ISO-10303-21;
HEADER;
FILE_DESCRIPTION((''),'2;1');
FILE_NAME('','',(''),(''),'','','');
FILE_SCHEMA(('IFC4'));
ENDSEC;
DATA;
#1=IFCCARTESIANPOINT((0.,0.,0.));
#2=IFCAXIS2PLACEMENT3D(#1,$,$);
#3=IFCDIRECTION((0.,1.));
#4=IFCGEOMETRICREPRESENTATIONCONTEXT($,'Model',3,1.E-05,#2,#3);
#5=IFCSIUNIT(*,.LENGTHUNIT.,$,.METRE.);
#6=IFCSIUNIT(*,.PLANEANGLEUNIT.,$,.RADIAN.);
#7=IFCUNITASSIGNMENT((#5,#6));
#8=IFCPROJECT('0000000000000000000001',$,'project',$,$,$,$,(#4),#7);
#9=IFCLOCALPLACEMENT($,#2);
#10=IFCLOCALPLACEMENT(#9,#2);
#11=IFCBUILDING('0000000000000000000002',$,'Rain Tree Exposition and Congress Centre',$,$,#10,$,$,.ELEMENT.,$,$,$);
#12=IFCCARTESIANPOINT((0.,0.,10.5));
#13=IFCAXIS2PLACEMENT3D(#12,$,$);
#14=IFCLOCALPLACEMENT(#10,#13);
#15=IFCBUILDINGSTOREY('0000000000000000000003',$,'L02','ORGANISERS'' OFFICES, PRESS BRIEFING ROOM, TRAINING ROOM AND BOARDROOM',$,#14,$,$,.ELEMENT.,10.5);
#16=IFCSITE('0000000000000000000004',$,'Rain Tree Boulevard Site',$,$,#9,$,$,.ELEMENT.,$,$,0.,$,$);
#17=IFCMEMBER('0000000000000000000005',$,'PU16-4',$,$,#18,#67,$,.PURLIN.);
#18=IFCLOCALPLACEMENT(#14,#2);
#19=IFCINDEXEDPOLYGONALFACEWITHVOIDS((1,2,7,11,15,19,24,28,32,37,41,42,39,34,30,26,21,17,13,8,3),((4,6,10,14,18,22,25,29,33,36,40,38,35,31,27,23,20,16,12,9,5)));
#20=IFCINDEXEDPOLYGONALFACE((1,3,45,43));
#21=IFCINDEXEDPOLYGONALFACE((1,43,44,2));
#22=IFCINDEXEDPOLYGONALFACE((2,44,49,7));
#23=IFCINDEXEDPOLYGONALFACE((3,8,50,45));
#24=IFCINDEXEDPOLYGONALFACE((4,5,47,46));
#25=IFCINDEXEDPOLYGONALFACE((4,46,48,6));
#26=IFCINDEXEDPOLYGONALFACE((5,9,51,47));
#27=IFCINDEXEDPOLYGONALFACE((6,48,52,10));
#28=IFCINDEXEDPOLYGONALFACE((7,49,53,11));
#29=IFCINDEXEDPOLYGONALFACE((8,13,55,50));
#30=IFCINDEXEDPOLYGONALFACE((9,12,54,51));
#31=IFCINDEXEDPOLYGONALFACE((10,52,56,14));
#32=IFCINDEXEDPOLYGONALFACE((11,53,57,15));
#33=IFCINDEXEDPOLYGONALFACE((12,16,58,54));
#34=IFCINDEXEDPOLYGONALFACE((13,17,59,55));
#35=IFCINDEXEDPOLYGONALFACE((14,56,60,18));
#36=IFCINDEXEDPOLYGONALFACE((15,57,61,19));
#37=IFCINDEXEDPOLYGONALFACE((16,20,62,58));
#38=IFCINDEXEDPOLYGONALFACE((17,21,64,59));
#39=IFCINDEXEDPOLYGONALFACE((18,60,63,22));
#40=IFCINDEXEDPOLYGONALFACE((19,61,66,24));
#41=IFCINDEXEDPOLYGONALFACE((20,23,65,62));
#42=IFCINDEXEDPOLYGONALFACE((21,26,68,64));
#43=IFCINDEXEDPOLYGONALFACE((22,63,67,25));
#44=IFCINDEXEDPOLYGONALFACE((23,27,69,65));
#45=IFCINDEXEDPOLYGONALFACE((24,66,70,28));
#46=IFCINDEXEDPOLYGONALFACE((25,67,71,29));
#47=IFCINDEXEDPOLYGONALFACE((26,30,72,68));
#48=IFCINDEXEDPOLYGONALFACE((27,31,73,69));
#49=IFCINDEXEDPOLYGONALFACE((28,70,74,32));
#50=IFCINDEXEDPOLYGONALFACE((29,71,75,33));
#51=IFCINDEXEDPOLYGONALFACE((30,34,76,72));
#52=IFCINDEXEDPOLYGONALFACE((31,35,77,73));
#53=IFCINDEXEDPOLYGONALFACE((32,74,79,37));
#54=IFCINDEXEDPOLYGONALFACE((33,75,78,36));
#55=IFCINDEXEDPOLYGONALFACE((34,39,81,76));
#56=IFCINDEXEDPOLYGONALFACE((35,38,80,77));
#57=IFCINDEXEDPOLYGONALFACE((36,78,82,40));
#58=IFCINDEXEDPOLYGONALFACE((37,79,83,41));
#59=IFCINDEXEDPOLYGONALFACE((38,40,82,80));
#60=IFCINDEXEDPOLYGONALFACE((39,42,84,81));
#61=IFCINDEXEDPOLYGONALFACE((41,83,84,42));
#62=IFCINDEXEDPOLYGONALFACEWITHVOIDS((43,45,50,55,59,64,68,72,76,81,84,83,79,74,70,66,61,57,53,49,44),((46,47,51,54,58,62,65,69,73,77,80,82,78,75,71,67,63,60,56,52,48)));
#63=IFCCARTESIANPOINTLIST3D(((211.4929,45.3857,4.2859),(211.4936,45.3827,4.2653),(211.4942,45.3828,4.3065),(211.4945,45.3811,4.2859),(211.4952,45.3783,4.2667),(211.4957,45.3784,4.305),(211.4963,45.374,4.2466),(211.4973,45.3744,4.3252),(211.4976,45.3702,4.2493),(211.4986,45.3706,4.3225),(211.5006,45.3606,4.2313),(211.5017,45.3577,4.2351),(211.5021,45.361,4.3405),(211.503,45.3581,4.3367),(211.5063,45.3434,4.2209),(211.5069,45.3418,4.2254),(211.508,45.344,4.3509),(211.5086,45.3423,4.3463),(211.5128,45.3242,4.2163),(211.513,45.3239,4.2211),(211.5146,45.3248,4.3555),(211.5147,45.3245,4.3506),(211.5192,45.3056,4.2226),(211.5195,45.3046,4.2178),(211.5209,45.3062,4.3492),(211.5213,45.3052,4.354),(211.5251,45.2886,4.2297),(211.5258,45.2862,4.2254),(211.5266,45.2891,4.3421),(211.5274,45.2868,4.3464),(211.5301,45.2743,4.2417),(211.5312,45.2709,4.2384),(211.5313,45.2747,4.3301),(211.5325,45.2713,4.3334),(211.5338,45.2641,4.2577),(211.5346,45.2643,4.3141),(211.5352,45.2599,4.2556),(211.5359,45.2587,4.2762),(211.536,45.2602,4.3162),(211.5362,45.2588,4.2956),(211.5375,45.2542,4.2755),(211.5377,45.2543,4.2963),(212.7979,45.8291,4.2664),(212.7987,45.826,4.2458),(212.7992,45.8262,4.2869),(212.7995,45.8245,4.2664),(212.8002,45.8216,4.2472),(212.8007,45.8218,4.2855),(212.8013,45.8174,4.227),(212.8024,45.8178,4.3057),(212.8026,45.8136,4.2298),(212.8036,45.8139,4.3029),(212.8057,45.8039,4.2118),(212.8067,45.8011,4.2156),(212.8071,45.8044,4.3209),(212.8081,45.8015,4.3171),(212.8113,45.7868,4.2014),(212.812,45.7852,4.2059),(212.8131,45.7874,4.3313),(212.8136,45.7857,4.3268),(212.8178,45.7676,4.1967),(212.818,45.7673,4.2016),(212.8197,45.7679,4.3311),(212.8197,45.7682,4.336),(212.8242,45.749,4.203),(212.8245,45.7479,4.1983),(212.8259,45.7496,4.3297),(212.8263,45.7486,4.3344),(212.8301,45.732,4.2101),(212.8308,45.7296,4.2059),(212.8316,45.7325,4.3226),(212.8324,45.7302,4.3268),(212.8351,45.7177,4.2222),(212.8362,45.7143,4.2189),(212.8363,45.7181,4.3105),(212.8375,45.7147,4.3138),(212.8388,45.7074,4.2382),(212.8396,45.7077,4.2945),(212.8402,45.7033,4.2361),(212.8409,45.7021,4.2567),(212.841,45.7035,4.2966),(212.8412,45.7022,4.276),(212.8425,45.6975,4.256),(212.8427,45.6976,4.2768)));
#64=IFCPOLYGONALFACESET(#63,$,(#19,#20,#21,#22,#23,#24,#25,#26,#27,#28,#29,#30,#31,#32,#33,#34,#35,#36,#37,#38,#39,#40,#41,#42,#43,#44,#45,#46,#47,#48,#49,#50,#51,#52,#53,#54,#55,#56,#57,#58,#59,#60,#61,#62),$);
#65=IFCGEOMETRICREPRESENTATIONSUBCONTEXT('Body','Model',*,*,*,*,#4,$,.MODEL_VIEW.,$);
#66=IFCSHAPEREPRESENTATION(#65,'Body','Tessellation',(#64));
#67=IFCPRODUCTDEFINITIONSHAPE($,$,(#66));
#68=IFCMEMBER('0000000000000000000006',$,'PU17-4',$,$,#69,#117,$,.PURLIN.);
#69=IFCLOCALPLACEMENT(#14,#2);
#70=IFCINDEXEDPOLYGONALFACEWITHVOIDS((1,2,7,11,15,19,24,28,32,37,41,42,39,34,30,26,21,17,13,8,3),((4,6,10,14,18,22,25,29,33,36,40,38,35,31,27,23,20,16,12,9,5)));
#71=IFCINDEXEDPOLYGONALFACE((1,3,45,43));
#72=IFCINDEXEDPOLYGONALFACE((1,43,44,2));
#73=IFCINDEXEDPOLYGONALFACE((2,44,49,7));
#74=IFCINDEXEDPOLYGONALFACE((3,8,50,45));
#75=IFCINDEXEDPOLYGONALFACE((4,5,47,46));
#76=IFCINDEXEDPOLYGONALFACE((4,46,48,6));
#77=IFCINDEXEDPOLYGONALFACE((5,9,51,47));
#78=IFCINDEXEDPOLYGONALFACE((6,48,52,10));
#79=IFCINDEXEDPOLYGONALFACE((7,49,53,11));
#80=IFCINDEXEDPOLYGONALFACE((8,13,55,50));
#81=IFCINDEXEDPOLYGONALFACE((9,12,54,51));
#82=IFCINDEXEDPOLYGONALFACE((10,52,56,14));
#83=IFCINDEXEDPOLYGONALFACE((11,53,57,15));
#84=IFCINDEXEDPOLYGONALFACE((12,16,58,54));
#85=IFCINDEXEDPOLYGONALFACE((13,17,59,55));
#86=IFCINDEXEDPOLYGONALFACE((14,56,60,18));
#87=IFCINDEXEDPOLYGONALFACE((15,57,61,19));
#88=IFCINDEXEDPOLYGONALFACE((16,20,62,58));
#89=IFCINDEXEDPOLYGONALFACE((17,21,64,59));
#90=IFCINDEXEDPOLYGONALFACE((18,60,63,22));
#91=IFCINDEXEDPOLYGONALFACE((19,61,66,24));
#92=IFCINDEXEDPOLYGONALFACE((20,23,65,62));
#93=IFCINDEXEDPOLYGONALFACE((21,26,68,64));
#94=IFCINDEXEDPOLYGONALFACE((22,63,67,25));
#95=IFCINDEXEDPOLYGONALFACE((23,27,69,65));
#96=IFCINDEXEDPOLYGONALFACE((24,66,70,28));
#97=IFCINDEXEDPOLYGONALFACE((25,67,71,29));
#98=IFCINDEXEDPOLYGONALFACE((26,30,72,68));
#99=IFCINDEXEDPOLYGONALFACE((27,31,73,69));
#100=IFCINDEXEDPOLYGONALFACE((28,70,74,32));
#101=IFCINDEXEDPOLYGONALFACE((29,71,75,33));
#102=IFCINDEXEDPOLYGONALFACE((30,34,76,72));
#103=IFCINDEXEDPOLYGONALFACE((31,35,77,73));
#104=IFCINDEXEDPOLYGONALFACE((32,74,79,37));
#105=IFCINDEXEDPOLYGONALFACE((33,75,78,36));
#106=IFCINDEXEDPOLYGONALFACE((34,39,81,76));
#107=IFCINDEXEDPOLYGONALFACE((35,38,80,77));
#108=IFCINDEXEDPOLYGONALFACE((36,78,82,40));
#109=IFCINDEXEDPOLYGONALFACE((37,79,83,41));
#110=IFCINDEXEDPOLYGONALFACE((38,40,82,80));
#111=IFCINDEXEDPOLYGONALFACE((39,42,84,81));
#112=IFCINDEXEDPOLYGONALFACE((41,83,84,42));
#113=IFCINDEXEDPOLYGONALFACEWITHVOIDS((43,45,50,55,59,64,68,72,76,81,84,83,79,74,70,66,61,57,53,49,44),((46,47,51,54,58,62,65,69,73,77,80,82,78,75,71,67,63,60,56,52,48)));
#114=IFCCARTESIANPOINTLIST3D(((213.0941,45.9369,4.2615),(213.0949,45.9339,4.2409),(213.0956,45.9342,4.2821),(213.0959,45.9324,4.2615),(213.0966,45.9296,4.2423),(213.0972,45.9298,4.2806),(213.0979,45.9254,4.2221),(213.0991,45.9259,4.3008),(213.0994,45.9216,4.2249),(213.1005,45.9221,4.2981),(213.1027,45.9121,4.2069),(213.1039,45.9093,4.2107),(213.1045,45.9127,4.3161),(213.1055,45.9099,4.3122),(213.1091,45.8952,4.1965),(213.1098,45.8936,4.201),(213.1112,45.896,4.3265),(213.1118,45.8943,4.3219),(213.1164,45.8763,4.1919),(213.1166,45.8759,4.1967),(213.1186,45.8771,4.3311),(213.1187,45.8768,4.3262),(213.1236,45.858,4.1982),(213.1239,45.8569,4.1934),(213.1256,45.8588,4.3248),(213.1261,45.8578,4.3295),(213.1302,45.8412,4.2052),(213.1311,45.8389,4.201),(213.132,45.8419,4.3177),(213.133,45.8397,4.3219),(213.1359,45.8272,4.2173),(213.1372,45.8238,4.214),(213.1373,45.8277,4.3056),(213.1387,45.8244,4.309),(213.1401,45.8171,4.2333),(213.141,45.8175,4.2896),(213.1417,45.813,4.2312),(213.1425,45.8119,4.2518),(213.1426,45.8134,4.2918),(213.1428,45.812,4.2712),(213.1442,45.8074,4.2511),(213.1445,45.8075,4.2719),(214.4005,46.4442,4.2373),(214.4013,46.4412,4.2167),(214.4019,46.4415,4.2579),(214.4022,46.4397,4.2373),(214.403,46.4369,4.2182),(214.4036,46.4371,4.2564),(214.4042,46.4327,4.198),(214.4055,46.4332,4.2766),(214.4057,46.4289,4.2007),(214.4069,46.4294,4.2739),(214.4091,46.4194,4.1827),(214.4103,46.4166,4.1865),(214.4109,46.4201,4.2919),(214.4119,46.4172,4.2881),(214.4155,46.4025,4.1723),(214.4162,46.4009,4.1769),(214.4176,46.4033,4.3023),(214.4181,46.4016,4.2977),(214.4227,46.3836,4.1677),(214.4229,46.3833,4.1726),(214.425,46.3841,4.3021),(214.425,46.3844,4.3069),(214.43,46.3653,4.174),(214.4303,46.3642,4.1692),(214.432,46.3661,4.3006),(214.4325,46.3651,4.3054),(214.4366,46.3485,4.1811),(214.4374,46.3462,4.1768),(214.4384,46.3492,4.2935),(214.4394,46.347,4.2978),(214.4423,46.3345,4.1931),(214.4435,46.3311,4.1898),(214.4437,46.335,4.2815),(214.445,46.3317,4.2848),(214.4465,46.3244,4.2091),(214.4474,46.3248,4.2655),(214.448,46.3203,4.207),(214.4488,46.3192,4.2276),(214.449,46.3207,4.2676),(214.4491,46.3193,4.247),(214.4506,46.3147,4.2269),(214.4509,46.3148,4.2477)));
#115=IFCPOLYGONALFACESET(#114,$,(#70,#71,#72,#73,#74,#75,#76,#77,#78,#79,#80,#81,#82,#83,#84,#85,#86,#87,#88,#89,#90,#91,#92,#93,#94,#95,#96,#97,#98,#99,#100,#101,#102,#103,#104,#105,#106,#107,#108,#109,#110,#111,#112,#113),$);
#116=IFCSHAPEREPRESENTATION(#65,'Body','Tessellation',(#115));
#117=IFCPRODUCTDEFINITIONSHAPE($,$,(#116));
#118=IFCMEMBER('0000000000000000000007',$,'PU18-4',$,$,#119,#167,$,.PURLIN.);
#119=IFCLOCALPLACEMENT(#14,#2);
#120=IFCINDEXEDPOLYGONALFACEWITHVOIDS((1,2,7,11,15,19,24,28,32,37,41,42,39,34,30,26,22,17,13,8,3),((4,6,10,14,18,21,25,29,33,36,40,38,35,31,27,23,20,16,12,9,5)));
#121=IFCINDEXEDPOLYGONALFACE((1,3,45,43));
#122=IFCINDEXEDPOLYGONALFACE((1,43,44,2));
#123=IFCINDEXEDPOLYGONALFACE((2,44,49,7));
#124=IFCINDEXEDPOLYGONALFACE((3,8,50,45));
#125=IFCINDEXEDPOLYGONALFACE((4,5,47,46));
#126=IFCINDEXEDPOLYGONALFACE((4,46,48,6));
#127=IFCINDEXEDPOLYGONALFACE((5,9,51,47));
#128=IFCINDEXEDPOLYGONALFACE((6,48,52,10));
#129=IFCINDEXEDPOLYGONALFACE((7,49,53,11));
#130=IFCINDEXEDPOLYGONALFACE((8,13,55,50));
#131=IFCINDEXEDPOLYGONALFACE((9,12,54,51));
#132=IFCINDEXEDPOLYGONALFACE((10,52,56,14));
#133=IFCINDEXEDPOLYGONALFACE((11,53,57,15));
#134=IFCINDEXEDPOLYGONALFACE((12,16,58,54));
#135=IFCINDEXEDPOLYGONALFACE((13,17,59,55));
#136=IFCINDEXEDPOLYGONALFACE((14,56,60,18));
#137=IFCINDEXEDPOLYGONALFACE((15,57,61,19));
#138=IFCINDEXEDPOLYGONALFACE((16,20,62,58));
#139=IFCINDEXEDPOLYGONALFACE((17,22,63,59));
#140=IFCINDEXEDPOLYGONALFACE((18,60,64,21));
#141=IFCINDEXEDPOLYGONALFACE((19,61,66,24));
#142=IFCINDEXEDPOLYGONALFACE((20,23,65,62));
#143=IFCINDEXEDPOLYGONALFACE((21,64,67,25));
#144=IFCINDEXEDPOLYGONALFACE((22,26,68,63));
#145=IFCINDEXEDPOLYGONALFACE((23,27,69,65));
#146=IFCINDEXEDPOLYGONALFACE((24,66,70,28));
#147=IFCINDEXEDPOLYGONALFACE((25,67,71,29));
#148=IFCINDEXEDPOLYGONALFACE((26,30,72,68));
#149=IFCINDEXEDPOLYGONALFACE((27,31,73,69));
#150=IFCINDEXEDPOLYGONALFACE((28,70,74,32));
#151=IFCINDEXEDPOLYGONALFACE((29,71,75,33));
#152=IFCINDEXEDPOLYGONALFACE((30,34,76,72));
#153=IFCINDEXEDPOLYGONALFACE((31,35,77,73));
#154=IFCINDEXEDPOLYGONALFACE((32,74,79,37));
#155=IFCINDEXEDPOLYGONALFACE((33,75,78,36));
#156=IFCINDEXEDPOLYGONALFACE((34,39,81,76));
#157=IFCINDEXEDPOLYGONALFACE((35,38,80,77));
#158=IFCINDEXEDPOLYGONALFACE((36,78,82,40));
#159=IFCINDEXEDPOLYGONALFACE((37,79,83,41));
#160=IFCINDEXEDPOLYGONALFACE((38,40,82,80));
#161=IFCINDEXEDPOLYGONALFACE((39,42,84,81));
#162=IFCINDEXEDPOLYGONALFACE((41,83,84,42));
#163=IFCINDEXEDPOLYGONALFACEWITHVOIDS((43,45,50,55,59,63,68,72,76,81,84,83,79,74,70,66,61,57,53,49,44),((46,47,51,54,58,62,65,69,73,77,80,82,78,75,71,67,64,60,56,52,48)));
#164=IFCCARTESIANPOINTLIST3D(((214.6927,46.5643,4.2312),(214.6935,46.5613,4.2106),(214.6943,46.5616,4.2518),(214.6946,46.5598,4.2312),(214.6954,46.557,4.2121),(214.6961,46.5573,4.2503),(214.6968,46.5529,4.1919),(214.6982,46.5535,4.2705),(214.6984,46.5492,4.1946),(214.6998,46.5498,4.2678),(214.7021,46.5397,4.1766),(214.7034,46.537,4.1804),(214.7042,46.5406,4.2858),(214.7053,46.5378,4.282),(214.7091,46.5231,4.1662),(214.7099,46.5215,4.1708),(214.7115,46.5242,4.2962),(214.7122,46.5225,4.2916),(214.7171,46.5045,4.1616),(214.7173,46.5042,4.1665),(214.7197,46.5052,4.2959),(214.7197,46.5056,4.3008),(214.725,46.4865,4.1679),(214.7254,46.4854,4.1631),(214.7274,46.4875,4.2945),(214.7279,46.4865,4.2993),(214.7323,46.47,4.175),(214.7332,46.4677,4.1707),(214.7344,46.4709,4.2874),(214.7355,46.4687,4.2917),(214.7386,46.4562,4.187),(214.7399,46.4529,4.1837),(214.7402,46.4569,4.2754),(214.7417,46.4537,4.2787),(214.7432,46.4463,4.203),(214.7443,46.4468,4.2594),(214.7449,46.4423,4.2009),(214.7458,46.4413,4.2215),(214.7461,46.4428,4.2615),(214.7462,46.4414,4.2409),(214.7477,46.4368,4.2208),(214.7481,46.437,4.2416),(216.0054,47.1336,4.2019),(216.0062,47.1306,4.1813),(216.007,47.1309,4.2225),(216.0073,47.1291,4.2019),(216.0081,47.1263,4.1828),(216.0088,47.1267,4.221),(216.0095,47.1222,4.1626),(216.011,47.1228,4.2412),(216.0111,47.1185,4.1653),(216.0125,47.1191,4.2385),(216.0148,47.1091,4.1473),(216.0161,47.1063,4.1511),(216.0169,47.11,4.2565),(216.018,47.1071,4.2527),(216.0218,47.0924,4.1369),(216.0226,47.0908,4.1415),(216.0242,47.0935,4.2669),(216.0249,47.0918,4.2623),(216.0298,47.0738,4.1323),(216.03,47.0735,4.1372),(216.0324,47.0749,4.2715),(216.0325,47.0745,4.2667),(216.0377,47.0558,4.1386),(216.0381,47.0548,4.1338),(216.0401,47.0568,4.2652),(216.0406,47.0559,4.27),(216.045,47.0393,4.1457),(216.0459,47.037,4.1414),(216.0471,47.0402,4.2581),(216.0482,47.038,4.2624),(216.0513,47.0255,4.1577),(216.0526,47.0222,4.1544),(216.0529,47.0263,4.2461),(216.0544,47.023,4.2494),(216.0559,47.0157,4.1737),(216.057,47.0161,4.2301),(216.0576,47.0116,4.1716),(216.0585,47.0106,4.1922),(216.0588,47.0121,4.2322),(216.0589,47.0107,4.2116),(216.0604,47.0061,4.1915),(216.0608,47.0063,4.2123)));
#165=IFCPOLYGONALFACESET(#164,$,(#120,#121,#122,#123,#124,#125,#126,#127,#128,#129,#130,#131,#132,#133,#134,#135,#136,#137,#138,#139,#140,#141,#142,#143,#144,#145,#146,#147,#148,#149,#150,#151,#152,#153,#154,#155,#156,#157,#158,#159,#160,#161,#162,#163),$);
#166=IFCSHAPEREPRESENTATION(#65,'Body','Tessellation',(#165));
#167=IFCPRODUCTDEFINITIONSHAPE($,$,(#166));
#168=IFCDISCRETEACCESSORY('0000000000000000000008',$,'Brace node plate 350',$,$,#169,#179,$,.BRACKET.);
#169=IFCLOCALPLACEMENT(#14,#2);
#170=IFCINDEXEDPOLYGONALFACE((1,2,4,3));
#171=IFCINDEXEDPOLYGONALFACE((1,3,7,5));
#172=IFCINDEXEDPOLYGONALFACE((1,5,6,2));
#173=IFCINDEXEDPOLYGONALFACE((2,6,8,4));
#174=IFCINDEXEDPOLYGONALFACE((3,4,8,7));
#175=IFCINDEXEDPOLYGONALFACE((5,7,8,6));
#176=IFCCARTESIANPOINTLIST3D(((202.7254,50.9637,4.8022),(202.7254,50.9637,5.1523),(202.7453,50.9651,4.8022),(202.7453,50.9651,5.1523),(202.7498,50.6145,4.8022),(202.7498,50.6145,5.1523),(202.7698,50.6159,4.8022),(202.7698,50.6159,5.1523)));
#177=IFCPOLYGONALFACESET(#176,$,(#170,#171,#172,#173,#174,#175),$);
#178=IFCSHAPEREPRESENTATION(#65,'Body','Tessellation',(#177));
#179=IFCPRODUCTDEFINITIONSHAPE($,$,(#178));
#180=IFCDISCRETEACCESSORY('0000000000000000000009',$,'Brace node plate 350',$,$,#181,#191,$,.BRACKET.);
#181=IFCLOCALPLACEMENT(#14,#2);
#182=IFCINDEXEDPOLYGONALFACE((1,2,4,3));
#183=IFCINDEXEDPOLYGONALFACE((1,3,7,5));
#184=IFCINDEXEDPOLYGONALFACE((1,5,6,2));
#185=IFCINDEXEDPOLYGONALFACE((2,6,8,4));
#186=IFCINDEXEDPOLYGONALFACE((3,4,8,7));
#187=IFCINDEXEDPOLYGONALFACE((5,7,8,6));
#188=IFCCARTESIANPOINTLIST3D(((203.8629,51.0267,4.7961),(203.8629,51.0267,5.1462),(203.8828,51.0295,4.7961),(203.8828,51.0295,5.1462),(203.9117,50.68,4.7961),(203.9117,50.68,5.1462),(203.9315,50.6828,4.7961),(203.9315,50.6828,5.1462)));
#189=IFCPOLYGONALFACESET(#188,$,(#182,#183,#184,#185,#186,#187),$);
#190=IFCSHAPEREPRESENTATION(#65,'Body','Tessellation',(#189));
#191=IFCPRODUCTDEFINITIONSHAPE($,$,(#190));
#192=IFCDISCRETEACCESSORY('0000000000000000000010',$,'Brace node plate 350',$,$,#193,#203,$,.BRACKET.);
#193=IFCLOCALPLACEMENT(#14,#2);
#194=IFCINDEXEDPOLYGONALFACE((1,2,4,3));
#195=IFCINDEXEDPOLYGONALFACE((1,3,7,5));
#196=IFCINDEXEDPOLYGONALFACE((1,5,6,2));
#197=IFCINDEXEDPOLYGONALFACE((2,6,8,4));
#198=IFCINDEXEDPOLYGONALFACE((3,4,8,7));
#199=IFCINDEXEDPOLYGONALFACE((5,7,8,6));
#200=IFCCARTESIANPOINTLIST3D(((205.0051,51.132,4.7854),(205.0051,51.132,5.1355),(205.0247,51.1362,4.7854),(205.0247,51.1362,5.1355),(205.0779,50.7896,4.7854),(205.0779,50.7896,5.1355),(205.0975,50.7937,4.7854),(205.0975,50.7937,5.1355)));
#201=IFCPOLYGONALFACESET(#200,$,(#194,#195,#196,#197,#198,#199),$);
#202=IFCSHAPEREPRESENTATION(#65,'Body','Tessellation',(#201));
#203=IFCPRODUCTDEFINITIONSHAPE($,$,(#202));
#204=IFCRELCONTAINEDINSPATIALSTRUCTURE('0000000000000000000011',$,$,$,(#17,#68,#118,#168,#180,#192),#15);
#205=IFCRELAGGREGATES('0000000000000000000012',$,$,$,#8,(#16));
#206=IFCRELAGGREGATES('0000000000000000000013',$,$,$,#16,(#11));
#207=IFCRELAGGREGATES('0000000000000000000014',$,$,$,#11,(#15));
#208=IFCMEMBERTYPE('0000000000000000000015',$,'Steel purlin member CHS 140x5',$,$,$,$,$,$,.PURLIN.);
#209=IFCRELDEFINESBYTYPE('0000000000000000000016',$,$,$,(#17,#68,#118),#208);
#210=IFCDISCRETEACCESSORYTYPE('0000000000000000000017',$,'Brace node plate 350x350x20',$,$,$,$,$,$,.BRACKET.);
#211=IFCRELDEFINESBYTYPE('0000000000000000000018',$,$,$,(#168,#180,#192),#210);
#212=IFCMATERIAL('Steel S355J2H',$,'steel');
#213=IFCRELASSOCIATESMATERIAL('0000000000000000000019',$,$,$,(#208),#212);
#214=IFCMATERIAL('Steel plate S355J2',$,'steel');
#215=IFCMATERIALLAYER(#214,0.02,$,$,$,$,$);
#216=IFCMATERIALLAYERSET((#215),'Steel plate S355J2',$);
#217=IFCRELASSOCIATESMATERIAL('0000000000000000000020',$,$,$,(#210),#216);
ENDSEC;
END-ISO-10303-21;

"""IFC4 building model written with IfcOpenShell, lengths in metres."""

from ifc_helpers import new_model, si_unit, direction, frame, origin, origin_2d, place, context, subcontext, project, spatial, rectangle, hollow_circle, extrude, material, layer, layer_set, material_profile, profile_set, type_object, element, save


model = new_model("IFC4")

# Units and contexts
model_context = context("Model", 3, precision=1e-05, world=origin(), true_north=direction((0.0, 1.0)))
body_context = subcontext(model_context, "Body", "Model", "MODEL_VIEW")
ifc_project = project(units=[si_unit("LENGTHUNIT", "METRE"), si_unit("PLANEANGLEUNIT", "RADIAN")], contexts=[model_context])

# Site, building, storey
site_placement = place(None, origin())
site = spatial("IfcSite", under=ifc_project, at=site_placement, Name="Rain Tree Boulevard Site", CompositionType="ELEMENT", RefElevation=0.0)
building_placement = place(site_placement, origin())
building = spatial("IfcBuilding", under=site, at=building_placement, Name="Rain Tree Exposition and Congress Centre", CompositionType="ELEMENT")
storey_placement = place(building_placement, frame((0.0, 0.0, 10.5)))
storey = spatial("IfcBuildingStorey", under=building, at=storey_placement, Name="L02", Description="ORGANISERS' OFFICES, PRESS BRIEFING ROOM, TRAINING ROOM AND BOARDROOM", CompositionType="ELEMENT", Elevation=10.5)

# Members
ifc_material_1 = material(Name="Steel S355J2H", Category="steel")
ifc_material_profile_1 = material_profile(ifc_material_1, hollow_circle(Radius=0.0698, WallThickness=0.0049, at=origin_2d()), Name="CHS 140x5")
ifc_profile_set_1 = profile_set([ifc_material_profile_1], Name="Steel S355J2H")
member_type_1 = type_object("IfcMemberType", Name="Steel purlin member CHS 140x5", PredefinedType="PURLIN", material=ifc_profile_set_1)
member_1_placement = place(storey_placement, frame((211.5154, 45.3196, 4.2859), z_axis=(0.946748, 0.321664, -0.01417), x_axis=(-0.321696, 0.946843, 0.0)))
element("IfcMember", 1, at=member_1_placement, inside=storey, type_object=member_type_1, Name="PU16-4", PredefinedType="PURLIN", context=body_context, shape_type="SweptSolid", body=[
    extrude(hollow_circle(Radius=0.0698, WallThickness=0.0049, at=origin_2d()), origin(), (0.0, 0.0, 1.0), 1.3784),
])
member_2_placement = place(storey_placement, frame((213.1194, 45.8718, 4.2615), z_axis=(0.932039, 0.361947, -0.017244), x_axis=(-0.362001, 0.932178, 0.0)))
element("IfcMember", 2, at=member_2_placement, inside=storey, type_object=member_type_1, Name="PU17-4", PredefinedType="PURLIN", context=body_context, shape_type="SweptSolid", body=[
    extrude(hollow_circle(Radius=0.0698, WallThickness=0.0049, at=origin_2d()), origin(), (0.0, 0.0, 1.0), 1.4016),
])
member_3_placement = place(storey_placement, frame((214.7205, 46.5002, 4.2312), z_axis=(0.917241, 0.397807, -0.02047), x_axis=(-0.39789, 0.917433, 0.0)))
element("IfcMember", 3, at=member_3_placement, inside=storey, type_object=member_type_1, Name="PU18-4", PredefinedType="PURLIN", context=body_context, shape_type="SweptSolid", body=[
    extrude(hollow_circle(Radius=0.0698, WallThickness=0.0049, at=origin_2d()), origin(), (0.0, 0.0, 1.0), 1.4312),
])

# Discrete accessories
ifc_material_2 = material(Name="Steel plate S355J2", Category="steel")
ifc_layer = layer(ifc_material_2, 0.02)
ifc_layer_set = layer_set([ifc_layer], Name="Steel plate S355J2")
discrete_accessory_type = type_object("IfcDiscreteAccessoryType", Name="Brace node plate 350x350x20", PredefinedType="BRACKET", material=ifc_layer_set)
for number, where, z_axis, x_axis, name in (
    (4, (202.7476, 50.7898, 4.8022), (0.0, 0.0, 1.0), (-0.069756, 0.997564, 0.0), "Brace node plate 350"),
    (5, (203.8972, 50.8547, 4.7961), (0.0, 0.0, 1.0), (-0.139173, 0.990268, 0.0), "Brace node plate 350"),
    (6, (205.0513, 50.9629, 4.7854), (0.0, 0.0, 1.0), (-0.207912, 0.978148, 0.0), "Brace node plate 350"),
):
    element("IfcDiscreteAccessory", number, at=place(storey_placement, frame(where, z_axis=z_axis, x_axis=x_axis)), inside=storey, type_object=discrete_accessory_type, Name=name, PredefinedType="BRACKET", context=body_context, shape_type="SweptSolid", body=[
        extrude(rectangle(XDim=0.3501, YDim=0.02, at=origin_2d()), origin(), (0.0, 0.0, 1.0), 0.3501),
    ])

save(model, "model.ifc")
